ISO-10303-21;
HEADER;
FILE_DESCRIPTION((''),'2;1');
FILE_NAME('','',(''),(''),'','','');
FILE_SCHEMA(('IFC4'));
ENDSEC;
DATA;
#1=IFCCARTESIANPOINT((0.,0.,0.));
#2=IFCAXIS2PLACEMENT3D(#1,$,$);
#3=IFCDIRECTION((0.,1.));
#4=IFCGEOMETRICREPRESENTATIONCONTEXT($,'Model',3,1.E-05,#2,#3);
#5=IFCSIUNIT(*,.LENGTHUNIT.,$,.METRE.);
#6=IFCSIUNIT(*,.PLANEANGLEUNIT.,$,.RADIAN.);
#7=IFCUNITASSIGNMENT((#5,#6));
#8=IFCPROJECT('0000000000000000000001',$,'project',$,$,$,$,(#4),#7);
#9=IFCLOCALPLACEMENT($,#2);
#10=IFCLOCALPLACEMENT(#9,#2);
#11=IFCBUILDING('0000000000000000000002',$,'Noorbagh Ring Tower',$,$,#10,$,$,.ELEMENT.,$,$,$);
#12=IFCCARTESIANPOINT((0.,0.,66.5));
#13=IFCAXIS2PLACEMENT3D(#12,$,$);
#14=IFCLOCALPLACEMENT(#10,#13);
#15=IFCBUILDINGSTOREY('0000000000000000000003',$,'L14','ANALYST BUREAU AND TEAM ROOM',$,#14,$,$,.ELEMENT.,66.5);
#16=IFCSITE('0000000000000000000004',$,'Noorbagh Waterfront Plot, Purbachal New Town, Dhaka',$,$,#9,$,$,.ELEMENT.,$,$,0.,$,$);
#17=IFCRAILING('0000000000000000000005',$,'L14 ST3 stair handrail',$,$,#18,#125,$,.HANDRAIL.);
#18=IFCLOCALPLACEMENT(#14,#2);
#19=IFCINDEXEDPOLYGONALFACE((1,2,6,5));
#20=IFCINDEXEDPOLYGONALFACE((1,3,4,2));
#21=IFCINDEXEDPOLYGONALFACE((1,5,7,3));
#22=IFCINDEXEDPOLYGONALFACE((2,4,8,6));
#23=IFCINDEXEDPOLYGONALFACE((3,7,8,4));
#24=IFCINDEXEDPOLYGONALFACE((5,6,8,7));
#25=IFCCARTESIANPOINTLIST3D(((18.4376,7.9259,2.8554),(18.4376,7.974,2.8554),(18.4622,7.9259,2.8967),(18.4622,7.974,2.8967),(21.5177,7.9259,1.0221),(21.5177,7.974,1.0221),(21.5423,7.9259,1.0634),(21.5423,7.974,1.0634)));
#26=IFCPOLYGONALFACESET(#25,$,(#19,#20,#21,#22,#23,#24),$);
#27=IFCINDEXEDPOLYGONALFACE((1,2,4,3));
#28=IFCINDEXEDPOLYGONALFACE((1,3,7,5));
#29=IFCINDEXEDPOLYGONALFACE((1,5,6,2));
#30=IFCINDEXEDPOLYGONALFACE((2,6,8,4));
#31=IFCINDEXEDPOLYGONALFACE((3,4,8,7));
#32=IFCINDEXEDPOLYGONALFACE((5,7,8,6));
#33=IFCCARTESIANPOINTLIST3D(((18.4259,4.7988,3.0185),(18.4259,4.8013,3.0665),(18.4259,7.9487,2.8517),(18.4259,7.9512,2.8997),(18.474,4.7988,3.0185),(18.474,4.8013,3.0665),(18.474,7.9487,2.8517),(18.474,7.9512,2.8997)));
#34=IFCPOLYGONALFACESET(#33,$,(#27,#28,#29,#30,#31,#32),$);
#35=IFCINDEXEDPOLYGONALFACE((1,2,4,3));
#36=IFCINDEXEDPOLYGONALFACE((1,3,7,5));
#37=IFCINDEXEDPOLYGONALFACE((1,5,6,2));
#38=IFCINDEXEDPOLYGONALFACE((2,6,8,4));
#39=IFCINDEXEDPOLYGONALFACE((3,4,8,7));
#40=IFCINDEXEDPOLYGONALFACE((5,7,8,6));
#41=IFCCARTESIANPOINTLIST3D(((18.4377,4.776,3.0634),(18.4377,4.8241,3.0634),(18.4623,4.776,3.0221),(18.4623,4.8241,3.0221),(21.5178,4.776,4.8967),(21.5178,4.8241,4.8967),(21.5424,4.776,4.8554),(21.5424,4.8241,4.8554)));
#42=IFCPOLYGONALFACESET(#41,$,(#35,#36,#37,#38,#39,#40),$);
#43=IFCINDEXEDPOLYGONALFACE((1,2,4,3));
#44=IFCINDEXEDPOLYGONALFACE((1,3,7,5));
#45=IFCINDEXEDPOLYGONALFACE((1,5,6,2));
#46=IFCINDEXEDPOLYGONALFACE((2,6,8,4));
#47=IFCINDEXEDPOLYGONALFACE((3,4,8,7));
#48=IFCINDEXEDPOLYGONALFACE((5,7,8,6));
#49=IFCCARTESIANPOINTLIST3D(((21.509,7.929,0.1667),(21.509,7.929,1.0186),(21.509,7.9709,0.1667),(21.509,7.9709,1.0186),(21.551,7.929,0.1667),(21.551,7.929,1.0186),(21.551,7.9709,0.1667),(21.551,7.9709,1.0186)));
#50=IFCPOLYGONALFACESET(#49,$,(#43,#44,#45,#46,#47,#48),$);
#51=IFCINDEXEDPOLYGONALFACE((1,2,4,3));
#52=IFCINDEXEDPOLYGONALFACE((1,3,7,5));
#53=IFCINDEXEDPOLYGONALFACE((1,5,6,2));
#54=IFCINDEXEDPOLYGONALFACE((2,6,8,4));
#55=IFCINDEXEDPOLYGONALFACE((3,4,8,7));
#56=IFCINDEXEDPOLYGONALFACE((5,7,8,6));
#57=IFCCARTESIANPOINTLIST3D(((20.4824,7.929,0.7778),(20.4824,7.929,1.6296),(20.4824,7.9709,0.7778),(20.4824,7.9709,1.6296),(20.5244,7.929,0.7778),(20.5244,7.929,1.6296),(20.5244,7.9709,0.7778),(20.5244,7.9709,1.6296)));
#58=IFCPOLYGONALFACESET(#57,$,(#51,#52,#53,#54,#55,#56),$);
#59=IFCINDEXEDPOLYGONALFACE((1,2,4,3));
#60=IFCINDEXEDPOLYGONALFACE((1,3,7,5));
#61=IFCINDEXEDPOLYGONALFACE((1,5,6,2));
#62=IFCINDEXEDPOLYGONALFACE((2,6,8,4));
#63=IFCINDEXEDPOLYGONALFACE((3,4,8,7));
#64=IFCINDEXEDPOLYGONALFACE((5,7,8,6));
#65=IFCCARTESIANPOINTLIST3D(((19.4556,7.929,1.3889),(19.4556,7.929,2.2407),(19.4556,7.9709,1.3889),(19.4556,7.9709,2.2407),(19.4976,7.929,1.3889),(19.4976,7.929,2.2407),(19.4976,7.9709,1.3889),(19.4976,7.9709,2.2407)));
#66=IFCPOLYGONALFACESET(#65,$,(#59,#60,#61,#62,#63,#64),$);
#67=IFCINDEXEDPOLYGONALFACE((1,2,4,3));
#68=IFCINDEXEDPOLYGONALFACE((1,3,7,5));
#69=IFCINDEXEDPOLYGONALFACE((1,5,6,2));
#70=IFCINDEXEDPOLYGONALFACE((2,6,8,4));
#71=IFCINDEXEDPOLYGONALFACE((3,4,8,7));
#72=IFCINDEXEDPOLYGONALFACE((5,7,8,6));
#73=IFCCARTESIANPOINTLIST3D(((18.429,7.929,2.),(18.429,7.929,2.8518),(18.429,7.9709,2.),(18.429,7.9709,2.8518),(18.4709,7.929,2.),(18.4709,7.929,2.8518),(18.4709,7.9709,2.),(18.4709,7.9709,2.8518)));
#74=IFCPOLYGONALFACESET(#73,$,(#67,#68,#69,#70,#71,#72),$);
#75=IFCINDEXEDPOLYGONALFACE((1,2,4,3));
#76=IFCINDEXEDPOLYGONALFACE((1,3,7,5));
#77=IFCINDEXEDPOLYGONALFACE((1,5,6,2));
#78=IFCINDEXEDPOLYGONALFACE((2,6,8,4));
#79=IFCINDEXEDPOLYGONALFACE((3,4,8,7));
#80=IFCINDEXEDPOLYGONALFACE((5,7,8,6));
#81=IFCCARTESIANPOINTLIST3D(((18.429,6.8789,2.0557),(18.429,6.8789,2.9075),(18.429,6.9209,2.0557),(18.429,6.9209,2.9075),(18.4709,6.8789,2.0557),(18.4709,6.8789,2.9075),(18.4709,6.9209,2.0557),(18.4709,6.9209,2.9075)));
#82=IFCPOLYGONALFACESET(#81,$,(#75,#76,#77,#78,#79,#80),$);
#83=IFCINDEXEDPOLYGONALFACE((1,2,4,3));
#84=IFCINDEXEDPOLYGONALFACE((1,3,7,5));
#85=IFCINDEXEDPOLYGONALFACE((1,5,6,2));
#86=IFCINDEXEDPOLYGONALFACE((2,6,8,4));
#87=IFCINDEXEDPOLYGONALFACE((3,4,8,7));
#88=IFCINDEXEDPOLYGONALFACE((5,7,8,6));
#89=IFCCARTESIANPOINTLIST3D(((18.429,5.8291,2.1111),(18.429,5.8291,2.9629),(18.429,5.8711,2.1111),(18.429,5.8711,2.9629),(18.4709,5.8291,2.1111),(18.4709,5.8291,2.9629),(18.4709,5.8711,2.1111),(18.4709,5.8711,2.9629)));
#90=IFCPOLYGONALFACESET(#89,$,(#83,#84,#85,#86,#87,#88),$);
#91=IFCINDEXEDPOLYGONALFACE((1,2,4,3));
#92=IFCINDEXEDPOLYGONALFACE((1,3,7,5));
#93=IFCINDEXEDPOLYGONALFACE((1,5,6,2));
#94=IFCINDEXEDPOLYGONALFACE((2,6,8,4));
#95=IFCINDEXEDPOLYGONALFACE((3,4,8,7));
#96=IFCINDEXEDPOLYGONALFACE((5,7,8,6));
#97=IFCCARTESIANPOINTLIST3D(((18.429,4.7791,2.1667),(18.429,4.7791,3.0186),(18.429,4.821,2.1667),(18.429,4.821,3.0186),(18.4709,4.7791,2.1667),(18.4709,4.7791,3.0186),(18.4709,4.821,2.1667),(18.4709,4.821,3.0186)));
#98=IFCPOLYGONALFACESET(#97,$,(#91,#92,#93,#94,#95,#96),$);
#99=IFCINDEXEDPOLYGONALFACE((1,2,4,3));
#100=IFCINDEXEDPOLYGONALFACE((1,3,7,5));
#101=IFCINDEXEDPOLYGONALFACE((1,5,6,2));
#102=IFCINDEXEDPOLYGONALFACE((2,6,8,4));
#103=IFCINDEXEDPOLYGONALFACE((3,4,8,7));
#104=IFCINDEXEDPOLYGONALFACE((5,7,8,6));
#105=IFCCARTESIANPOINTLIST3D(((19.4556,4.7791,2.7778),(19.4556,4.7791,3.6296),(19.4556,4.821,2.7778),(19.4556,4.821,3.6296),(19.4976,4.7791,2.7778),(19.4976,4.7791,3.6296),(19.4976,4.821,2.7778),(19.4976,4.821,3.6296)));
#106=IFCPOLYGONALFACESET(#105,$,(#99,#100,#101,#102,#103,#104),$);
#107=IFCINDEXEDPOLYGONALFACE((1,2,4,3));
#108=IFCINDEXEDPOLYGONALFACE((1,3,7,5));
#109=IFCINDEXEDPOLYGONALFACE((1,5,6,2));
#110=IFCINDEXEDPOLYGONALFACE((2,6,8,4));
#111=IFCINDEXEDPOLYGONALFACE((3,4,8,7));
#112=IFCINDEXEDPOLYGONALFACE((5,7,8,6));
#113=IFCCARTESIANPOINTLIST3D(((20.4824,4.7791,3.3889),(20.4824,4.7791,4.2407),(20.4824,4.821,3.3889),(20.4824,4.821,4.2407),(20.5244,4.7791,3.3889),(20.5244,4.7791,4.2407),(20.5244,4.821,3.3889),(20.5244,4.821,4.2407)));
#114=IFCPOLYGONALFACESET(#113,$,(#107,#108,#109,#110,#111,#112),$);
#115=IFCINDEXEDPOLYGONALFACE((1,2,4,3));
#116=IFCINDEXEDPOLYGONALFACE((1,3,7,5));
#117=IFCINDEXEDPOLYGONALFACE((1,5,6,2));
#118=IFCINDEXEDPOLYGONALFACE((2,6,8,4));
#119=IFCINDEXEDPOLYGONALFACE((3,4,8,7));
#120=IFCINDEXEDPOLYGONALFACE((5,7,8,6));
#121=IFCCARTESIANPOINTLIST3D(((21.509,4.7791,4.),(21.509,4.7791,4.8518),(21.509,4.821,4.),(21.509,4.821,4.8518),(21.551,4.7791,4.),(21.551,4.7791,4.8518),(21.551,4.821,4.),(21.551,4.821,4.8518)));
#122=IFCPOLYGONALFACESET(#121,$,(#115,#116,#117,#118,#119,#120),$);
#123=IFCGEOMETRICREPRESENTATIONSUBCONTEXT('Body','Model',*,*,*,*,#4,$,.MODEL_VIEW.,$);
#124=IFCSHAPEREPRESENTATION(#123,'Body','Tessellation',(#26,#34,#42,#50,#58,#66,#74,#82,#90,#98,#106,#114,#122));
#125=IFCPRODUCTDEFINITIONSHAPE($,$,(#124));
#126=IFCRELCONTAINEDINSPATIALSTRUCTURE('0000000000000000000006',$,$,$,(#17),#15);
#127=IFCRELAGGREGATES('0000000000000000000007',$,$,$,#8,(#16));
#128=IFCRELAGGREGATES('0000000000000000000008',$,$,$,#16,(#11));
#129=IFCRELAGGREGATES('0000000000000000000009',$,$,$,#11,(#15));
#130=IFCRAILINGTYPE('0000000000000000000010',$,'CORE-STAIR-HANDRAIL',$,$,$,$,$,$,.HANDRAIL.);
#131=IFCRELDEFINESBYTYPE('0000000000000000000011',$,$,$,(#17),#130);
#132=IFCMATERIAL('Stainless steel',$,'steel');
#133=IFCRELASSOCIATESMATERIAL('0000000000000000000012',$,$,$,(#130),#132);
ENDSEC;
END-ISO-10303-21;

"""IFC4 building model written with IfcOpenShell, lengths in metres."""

from ifc_helpers import new_model, si_unit, direction, frame, origin, origin_2d, place, context, subcontext, project, spatial, rectangle, extrude, material, type_object, element, save


model = new_model("IFC4")

# Units and contexts
model_context = context("Model", 3, precision=1e-05, world=origin(), true_north=direction((0.0, 1.0)))
body_context = subcontext(model_context, "Body", "Model", "MODEL_VIEW")
ifc_project = project(units=[si_unit("LENGTHUNIT", "METRE"), si_unit("PLANEANGLEUNIT", "RADIAN")], contexts=[model_context])

# Site, building, storey
site_placement = place(None, origin())
site = spatial("IfcSite", under=ifc_project, at=site_placement, Name="Noorbagh Waterfront Plot, Purbachal New Town, Dhaka", CompositionType="ELEMENT", RefElevation=0.0)
building_placement = place(site_placement, origin())
building = spatial("IfcBuilding", under=site, at=building_placement, Name="Noorbagh Ring Tower", CompositionType="ELEMENT")
storey_placement = place(building_placement, frame((0.0, 0.0, 66.5)))
storey = spatial("IfcBuildingStorey", under=building, at=storey_placement, Name="L14", Description="ANALYST BUREAU AND TEAM ROOM", CompositionType="ELEMENT", Elevation=66.5)

# Railing
ifc_material_1 = material(Name="Stainless steel", Category="steel")
railing_type_1 = type_object("IfcRailingType", Name="CORE-STAIR-HANDRAIL", PredefinedType="HANDRAIL", material=ifc_material_1)
railing_1_placement = place(storey_placement, frame((21.53, 7.95, 0.1667)))
element("IfcRailing", 1, at=railing_1_placement, inside=storey, type_object=railing_type_1, Name="L14 ST3 stair handrail", PredefinedType="HANDRAIL", context=body_context, shape_type="SweptSolid", body=[
    extrude(rectangle(XDim=0.0481, YDim=0.0481, at=origin_2d()), frame((0.0, 0.0, 0.876), z_axis=(-0.859309, 0.0, 0.511458), x_axis=(0.0, -1.0, 0.0)), (0.0, 0.0, 1.0), 3.5845),
    extrude(rectangle(XDim=0.0481, YDim=0.0481, at=origin_2d()), frame((-3.0801, 0.0, 2.709), z_axis=(0.0, -0.998602, 0.052864), x_axis=(1.0, 0.0, 0.0)), (0.0, 0.0, 1.0), 3.1543),
    extrude(rectangle(XDim=0.0481, YDim=0.0481, at=origin_2d()), frame((-3.0801, -3.1499, 2.876), z_axis=(0.859309, 0.0, 0.511458), x_axis=(0.0, 1.0, 0.0)), (0.0, 0.0, 1.0), 3.5845),
    extrude(rectangle(XDim=0.042, YDim=0.042, at=origin_2d()), origin(), (0.0, 0.0, 1.0), 0.8518),
    extrude(rectangle(XDim=0.042, YDim=0.042, at=origin_2d()), frame((-1.0266, 0.0, 0.6111)), (0.0, 0.0, 1.0), 0.8518),
    extrude(rectangle(XDim=0.042, YDim=0.042, at=origin_2d()), frame((-2.0535, 0.0, 1.2222)), (0.0, 0.0, 1.0), 0.8518),
    extrude(rectangle(XDim=0.042, YDim=0.042, at=origin_2d()), frame((-3.0801, 0.0, 1.8333)), (0.0, 0.0, 1.0), 0.8518),
    extrude(rectangle(XDim=0.042, YDim=0.042, at=origin_2d()), frame((-3.0801, -1.05, 1.8889)), (0.0, 0.0, 1.0), 0.8518),
    extrude(rectangle(XDim=0.042, YDim=0.042, at=origin_2d()), frame((-3.0801, -2.0999, 1.9443)), (0.0, 0.0, 1.0), 0.8518),
    extrude(rectangle(XDim=0.042, YDim=0.042, at=origin_2d()), frame((-3.0801, -3.1499, 2.0)), (0.0, 0.0, 1.0), 0.8518),
    extrude(rectangle(XDim=0.042, YDim=0.042, at=origin_2d()), frame((-2.0535, -3.1499, 2.6111)), (0.0, 0.0, 1.0), 0.8518),
    extrude(rectangle(XDim=0.042, YDim=0.042, at=origin_2d()), frame((-1.0266, -3.1499, 3.2222)), (0.0, 0.0, 1.0), 0.8518),
    extrude(rectangle(XDim=0.042, YDim=0.042, at=origin_2d()), frame((0.0, -3.1499, 3.8333)), (0.0, 0.0, 1.0), 0.8518),
])

save(model, "model.ifc")
